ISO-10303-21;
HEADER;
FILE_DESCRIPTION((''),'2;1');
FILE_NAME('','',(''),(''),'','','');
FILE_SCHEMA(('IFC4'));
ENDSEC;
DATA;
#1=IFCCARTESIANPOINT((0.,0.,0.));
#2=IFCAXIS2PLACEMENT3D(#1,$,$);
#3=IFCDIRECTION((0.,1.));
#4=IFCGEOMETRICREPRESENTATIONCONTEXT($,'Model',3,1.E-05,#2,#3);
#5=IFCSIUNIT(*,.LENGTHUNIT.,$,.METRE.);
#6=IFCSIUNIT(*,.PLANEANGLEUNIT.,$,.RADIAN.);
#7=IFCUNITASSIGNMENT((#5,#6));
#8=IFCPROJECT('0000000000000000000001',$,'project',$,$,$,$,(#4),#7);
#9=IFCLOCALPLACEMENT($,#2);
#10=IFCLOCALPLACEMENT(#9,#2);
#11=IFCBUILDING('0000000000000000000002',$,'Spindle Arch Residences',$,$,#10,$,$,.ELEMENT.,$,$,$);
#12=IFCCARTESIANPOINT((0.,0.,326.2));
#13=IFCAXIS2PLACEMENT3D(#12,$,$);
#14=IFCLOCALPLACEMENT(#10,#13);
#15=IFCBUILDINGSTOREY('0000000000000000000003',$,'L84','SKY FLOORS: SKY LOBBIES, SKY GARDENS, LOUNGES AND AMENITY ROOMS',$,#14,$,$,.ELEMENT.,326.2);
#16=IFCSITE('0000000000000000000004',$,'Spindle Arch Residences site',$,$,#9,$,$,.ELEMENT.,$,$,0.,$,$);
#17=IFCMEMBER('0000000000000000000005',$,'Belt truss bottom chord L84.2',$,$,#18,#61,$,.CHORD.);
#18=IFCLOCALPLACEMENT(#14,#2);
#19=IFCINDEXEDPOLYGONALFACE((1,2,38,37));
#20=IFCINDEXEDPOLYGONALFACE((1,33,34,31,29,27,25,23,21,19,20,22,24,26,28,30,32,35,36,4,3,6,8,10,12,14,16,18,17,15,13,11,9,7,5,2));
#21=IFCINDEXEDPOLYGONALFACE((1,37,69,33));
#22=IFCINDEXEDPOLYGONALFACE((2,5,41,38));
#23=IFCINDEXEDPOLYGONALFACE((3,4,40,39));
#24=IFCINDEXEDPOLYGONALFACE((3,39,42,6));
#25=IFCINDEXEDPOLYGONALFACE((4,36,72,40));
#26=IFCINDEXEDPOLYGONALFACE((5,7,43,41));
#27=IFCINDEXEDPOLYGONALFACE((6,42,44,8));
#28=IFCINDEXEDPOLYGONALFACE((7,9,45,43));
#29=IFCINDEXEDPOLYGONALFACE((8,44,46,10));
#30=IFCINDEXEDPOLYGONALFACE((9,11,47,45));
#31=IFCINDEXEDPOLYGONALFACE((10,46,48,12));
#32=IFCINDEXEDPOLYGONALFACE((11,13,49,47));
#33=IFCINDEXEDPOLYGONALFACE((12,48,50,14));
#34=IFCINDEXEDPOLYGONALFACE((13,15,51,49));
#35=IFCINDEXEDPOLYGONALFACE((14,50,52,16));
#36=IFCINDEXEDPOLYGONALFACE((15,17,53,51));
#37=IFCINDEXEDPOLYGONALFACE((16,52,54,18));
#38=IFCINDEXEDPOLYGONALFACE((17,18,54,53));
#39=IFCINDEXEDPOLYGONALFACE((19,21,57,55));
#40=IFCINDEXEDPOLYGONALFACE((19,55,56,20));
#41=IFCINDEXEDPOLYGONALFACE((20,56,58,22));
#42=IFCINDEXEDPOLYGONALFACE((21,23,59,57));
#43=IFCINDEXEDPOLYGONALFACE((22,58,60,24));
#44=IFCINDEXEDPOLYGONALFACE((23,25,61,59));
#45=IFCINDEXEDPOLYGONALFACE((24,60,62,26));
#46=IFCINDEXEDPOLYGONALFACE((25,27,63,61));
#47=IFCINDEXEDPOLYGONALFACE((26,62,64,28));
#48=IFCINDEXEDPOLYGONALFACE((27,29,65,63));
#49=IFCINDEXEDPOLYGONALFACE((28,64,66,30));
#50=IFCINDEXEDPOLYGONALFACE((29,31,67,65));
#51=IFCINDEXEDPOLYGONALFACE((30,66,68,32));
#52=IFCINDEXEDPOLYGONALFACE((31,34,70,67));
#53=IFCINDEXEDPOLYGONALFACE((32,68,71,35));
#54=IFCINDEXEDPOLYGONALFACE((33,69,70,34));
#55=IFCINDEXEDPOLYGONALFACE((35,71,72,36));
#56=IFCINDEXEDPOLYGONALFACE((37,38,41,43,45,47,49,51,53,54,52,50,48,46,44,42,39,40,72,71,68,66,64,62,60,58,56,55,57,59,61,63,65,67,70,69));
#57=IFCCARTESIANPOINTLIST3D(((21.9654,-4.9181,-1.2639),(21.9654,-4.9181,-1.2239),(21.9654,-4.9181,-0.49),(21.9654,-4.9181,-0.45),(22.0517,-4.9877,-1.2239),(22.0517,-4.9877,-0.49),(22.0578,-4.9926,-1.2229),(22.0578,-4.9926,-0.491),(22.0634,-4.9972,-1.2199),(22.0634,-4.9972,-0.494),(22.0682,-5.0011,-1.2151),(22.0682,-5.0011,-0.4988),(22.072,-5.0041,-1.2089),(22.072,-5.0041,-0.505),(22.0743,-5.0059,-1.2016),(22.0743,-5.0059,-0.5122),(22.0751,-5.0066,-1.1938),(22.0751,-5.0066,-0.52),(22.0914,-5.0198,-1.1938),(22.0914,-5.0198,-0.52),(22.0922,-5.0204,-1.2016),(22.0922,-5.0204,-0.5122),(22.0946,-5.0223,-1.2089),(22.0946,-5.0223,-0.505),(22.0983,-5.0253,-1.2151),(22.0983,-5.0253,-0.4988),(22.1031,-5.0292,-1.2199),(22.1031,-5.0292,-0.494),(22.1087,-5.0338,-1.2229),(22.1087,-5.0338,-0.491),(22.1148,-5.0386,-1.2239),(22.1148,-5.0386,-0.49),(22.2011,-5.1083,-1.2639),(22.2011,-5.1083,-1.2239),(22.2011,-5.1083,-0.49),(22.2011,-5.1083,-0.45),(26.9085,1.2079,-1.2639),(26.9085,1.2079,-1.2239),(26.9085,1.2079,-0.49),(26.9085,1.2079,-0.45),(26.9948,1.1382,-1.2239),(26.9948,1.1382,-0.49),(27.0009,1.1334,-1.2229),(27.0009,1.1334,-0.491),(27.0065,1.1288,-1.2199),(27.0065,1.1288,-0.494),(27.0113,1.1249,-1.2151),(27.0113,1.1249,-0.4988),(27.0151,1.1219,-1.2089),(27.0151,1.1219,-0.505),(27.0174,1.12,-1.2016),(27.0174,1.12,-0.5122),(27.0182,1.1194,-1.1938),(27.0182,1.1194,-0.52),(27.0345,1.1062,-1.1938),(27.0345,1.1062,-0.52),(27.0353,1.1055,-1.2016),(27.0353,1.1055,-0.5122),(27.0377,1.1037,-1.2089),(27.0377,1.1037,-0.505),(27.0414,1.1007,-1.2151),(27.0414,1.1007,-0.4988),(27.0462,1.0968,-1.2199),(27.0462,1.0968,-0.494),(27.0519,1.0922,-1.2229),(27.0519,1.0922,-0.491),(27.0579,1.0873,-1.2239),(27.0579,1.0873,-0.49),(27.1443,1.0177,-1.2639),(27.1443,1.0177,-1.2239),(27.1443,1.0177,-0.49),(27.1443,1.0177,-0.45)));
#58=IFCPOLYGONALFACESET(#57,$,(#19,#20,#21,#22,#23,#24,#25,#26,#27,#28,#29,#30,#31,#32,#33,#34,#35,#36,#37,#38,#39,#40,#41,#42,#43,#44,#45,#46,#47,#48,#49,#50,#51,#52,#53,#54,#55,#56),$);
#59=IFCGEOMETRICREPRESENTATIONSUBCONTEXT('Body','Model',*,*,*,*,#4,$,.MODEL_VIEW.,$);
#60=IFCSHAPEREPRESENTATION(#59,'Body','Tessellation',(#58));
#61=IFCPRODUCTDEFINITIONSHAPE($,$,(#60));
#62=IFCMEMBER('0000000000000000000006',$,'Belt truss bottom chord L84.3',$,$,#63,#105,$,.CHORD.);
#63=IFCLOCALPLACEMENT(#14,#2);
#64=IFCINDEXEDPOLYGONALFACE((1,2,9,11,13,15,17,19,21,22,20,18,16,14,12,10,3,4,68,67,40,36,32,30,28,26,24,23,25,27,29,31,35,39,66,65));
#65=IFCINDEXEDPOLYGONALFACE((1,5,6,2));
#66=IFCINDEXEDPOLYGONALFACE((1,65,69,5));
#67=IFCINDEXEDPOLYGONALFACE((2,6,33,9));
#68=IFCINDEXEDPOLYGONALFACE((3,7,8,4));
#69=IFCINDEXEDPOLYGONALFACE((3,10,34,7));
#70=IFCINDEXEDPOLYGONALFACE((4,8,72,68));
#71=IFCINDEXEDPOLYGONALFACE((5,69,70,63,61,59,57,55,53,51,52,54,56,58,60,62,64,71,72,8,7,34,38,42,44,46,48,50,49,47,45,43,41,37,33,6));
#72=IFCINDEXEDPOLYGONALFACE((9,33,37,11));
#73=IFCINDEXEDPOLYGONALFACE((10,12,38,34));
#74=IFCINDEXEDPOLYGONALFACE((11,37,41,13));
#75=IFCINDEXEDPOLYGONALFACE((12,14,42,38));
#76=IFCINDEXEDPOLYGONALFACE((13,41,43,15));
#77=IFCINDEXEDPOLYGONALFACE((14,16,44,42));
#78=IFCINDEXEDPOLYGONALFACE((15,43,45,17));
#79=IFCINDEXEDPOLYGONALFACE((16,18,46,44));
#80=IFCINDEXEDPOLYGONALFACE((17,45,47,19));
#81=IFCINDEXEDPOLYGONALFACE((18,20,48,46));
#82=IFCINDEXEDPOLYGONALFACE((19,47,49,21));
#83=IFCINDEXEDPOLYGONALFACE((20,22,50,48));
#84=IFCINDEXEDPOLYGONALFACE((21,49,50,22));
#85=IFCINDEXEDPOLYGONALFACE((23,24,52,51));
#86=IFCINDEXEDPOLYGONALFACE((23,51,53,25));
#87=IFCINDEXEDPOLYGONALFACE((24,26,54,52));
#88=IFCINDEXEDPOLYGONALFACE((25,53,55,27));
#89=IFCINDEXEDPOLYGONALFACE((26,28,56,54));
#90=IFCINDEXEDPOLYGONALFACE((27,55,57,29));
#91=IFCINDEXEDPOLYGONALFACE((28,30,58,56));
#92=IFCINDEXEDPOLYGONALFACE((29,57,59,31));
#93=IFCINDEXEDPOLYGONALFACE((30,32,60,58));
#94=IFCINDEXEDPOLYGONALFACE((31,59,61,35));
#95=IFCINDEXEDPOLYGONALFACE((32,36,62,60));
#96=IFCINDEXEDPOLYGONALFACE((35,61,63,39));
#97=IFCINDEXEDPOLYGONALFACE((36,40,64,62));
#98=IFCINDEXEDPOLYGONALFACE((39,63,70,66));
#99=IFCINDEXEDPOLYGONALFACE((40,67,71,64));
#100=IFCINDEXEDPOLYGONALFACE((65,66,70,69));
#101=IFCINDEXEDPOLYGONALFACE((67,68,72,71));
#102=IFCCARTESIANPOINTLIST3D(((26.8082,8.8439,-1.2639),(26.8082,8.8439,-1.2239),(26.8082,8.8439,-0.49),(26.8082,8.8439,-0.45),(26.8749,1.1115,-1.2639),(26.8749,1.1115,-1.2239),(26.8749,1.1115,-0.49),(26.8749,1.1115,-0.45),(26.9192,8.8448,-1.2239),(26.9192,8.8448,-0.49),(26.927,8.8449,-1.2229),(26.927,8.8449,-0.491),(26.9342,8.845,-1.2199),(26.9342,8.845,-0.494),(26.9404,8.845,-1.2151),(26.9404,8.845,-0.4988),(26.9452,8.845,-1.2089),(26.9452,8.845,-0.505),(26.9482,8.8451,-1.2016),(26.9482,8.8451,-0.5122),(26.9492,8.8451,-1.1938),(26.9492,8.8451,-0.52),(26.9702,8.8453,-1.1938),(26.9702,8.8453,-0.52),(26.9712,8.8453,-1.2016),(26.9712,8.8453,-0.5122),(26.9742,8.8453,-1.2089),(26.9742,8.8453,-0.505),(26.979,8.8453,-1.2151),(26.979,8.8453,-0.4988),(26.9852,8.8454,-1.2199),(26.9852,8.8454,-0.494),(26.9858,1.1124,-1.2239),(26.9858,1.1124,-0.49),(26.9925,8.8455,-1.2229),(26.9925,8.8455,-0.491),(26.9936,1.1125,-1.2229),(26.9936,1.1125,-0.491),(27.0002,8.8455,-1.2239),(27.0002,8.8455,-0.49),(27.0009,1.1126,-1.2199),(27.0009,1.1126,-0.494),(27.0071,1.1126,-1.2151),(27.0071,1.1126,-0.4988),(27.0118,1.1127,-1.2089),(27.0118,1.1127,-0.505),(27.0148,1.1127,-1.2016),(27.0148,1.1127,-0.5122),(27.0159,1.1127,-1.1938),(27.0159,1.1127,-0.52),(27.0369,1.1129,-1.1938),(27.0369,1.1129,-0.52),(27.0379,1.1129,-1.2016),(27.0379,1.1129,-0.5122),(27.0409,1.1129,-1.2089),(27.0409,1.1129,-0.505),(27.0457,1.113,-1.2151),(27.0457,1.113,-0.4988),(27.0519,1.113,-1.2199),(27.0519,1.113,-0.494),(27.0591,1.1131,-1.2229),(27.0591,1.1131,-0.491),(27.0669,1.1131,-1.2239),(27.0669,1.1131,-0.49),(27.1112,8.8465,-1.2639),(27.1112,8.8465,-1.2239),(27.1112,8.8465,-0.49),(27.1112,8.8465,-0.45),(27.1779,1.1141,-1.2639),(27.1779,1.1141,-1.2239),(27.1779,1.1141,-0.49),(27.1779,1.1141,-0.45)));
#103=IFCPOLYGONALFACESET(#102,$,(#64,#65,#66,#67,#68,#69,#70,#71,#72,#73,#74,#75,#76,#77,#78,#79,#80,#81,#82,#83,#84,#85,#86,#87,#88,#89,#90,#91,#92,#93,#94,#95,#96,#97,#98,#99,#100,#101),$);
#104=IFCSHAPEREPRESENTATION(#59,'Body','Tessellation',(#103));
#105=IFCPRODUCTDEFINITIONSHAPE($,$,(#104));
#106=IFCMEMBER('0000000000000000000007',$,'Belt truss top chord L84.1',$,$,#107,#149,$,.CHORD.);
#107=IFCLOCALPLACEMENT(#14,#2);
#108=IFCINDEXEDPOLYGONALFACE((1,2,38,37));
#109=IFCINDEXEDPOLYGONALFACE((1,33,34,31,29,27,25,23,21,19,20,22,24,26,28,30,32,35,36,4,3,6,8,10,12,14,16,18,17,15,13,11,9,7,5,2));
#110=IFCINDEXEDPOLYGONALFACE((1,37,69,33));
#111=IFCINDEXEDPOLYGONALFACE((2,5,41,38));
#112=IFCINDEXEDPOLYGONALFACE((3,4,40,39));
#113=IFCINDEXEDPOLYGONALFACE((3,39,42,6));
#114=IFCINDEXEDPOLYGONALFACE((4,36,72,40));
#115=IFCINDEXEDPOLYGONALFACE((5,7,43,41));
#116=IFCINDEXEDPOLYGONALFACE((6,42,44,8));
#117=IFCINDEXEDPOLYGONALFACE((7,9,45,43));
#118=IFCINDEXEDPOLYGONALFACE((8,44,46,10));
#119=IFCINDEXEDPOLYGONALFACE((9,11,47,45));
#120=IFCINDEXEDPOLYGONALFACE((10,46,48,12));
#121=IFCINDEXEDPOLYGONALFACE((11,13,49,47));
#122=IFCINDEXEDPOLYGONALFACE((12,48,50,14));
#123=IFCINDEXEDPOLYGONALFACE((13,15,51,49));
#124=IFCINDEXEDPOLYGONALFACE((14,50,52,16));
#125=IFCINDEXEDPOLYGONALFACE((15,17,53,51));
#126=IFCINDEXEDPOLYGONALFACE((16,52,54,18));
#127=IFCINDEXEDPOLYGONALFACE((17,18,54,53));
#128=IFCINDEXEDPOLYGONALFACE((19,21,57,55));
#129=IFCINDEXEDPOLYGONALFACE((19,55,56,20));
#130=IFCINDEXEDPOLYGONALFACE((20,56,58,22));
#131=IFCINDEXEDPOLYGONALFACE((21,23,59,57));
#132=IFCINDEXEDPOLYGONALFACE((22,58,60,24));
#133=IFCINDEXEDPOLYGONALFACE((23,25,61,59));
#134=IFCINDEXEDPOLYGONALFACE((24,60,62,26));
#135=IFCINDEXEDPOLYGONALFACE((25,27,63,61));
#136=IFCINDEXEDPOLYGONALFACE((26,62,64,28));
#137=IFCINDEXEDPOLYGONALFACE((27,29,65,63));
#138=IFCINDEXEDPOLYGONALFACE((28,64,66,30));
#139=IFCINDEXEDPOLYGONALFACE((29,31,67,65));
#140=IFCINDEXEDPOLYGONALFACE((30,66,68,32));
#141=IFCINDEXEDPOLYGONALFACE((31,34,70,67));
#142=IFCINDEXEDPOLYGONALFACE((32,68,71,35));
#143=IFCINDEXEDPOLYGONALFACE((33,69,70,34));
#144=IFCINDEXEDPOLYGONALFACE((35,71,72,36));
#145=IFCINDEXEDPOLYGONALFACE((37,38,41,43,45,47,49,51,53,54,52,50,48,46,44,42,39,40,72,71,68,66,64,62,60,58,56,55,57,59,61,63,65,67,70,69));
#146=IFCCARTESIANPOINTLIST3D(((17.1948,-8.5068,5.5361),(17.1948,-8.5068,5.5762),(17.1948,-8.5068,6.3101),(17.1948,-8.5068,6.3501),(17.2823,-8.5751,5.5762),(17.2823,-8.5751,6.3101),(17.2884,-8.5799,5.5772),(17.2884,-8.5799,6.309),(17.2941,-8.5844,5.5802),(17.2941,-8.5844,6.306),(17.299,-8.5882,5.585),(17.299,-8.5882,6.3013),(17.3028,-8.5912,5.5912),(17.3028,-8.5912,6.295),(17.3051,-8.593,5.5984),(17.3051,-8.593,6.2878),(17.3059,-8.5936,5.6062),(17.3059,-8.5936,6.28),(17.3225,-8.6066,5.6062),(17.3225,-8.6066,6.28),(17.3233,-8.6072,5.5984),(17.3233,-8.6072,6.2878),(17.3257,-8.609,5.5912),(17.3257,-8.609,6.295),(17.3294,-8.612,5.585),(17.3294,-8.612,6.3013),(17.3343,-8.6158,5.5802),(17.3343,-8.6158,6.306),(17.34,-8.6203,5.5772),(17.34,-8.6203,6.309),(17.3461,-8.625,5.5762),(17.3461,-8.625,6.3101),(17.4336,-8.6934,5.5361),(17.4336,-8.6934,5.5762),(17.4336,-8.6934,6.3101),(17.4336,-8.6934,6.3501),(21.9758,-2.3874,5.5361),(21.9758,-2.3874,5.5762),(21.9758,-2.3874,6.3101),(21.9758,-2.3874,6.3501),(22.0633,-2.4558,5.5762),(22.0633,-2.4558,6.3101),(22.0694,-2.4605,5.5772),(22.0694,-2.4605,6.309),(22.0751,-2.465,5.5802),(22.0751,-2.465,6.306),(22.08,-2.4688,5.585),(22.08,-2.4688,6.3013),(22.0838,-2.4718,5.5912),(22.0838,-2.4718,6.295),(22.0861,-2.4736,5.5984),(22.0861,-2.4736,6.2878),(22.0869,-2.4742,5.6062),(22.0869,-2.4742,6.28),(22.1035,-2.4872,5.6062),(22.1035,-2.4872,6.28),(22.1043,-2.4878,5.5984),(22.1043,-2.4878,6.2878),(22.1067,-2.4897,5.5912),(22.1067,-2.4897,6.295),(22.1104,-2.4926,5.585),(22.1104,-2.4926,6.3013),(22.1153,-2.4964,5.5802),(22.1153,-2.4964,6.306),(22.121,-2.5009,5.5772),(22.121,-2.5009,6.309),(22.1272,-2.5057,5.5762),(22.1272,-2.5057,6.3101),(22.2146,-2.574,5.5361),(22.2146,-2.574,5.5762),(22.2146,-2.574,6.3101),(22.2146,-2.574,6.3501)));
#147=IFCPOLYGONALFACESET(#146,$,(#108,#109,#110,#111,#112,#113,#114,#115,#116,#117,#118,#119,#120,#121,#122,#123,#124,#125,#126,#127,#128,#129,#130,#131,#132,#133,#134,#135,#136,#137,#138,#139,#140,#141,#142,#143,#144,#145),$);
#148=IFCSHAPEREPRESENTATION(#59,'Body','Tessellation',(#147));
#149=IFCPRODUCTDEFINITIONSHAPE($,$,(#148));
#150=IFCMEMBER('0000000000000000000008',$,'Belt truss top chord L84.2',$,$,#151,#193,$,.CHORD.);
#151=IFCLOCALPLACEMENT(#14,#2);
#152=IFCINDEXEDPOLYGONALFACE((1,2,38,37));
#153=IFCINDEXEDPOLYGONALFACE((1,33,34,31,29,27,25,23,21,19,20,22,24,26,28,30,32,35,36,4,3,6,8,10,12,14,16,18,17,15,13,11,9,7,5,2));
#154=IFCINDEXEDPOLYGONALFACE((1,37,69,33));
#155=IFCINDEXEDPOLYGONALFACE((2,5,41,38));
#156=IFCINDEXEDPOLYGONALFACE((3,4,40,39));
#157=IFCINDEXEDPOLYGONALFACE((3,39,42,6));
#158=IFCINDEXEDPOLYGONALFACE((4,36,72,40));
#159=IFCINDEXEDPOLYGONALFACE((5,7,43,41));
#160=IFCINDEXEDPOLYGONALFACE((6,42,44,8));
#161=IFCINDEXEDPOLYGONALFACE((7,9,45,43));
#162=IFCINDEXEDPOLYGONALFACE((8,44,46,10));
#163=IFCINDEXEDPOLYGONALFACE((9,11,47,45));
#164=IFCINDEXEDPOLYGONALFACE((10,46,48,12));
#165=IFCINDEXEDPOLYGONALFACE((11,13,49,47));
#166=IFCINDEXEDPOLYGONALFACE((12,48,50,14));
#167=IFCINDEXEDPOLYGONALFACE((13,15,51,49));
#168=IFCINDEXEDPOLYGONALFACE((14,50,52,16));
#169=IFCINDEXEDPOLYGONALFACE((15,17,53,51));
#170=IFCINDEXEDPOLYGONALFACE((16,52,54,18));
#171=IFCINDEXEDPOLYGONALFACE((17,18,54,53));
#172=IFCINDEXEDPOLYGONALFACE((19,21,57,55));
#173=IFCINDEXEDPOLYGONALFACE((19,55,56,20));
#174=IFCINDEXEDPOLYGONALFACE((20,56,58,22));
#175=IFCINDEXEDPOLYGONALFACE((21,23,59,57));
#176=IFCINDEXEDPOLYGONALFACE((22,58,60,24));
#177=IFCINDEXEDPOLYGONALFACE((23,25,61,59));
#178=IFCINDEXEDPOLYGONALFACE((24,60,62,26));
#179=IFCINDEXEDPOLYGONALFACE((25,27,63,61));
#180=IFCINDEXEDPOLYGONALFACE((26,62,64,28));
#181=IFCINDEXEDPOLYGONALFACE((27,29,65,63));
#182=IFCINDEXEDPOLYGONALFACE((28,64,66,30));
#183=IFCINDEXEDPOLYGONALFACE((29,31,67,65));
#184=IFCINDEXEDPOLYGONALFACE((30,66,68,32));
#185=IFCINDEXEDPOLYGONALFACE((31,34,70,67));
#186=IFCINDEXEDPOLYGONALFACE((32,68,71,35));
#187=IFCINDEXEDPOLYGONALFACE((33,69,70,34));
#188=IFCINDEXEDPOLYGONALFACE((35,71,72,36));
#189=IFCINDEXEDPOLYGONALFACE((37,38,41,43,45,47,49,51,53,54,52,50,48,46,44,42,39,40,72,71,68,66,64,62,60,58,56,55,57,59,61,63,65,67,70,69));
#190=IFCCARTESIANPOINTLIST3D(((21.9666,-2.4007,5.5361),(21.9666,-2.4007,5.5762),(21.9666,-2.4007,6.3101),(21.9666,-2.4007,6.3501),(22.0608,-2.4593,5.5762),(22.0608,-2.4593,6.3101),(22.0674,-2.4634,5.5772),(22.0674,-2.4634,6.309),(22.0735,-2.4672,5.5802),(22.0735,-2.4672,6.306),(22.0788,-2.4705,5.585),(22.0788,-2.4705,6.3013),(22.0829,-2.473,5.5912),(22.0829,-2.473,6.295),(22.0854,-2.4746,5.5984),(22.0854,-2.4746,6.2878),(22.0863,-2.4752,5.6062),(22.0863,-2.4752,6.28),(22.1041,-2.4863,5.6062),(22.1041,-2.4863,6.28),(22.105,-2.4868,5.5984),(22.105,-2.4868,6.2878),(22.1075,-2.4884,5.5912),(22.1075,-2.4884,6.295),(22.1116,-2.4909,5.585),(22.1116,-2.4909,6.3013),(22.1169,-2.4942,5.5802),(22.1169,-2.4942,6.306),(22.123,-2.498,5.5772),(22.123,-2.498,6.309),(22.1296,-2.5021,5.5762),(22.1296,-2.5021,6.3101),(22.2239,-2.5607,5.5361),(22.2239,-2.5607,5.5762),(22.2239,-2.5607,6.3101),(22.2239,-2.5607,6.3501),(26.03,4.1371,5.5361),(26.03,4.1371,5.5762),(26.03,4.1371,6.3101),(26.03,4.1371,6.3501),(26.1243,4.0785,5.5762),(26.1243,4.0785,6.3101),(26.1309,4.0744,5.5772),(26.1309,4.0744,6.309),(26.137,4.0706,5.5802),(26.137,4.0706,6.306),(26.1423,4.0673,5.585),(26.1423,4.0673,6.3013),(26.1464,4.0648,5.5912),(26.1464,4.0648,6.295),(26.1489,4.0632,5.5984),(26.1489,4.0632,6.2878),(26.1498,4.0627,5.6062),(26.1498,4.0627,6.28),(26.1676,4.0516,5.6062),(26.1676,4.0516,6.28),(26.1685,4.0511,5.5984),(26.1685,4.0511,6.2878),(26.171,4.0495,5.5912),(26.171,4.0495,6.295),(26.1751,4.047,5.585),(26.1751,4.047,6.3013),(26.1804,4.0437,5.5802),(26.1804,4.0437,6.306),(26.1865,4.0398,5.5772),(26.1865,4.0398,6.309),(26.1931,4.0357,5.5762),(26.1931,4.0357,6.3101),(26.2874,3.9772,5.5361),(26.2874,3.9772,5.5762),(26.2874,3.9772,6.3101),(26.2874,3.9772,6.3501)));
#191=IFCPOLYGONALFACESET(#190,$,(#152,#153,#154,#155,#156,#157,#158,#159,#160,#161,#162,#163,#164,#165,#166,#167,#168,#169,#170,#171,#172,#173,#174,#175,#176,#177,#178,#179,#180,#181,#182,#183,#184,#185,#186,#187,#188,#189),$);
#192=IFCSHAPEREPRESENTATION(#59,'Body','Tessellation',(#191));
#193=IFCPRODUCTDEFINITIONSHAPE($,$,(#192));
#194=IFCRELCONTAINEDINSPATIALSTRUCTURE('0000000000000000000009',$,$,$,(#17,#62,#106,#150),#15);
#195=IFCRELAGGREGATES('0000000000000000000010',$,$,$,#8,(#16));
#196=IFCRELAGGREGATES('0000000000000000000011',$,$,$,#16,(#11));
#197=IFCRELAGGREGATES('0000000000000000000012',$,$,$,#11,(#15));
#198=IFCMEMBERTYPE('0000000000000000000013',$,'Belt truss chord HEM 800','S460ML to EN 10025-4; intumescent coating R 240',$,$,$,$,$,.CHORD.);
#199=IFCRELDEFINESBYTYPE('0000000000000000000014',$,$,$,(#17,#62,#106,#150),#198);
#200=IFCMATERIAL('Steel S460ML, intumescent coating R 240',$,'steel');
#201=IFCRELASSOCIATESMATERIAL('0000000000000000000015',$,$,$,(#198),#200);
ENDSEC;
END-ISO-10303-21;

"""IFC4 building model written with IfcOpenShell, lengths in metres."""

from ifc_helpers import new_model, si_unit, direction, frame, origin, origin_2d, place, context, subcontext, project, spatial, i_section, extrude, material, material_profile, profile_set, type_object, element, save


model = new_model("IFC4")

# Units and contexts
model_context = context("Model", 3, precision=1e-05, world=origin(), true_north=direction((0.0, 1.0)))
body_context = subcontext(model_context, "Body", "Model", "MODEL_VIEW")
ifc_project = project(units=[si_unit("LENGTHUNIT", "METRE"), si_unit("PLANEANGLEUNIT", "RADIAN")], contexts=[model_context])

# Site, building, storey
site_placement = place(None, origin())
site = spatial("IfcSite", under=ifc_project, at=site_placement, Name="Spindle Arch Residences site", CompositionType="ELEMENT", RefElevation=0.0)
building_placement = place(site_placement, origin())
building = spatial("IfcBuilding", under=site, at=building_placement, Name="Spindle Arch Residences", CompositionType="ELEMENT")
storey_placement = place(building_placement, frame((0.0, 0.0, 326.2)))
storey = spatial("IfcBuildingStorey", under=building, at=storey_placement, Name="L84", Description="SKY FLOORS: SKY LOBBIES, SKY GARDENS, LOUNGES AND AMENITY ROOMS", CompositionType="ELEMENT", Elevation=326.2)

# Members
ifc_material_1 = material(Name="Steel S460ML, intumescent coating R 240", Category="steel")
ifc_material_profile_1 = material_profile(ifc_material_1, i_section(OverallWidth=0.303, OverallDepth=0.814, WebThickness=0.021, FlangeThickness=0.04, FilletRadius=0.03, at=origin_2d()), Name="HEM 800")
ifc_profile_set_1 = profile_set([ifc_material_profile_1], Name="Steel S460ML, intumescent coating R 240")
member_type_1 = type_object("IfcMemberType", Name="Belt truss chord HEM 800", Description="S460ML to EN 10025-4; intumescent coating R 240", PredefinedType="CHORD", material=ifc_profile_set_1)
member_1_placement = place(storey_placement, frame((22.0833, -5.0132, -0.8569), z_axis=(0.627969, 0.778238, 0.0), x_axis=(-0.778238, 0.627969, 0.0)))
element("IfcMember", 1, at=member_1_placement, inside=storey, type_object=member_type_1, Name="Belt truss bottom chord L84.2", PredefinedType="CHORD", context=body_context, shape_type="SweptSolid", body=[
    extrude(i_section(OverallWidth=0.303, OverallDepth=0.814, WebThickness=0.021, FlangeThickness=0.04, FilletRadius=0.03, at=origin_2d()), origin(), (0.0, 0.0, 1.0), 7.8716),
])
member_2_placement = place(storey_placement, frame((27.0264, 1.1128, -0.8569), z_axis=(-0.008619, 0.999963, 0.0), x_axis=(-0.999963, -0.008619, 0.0)))
element("IfcMember", 2, at=member_2_placement, inside=storey, type_object=member_type_1, Name="Belt truss bottom chord L84.3", PredefinedType="CHORD", context=body_context, shape_type="SweptSolid", body=[
    extrude(i_section(OverallWidth=0.303, OverallDepth=0.814, WebThickness=0.021, FlangeThickness=0.04, FilletRadius=0.03, at=origin_2d()), origin(), (0.0, 0.0, 1.0), 7.7327),
])
member_3_placement = place(storey_placement, frame((17.3142, -8.6001, 5.9431), z_axis=(0.615663, 0.78801, 0.0), x_axis=(-0.78801, 0.615663, 0.0)))
element("IfcMember", 3, at=member_3_placement, inside=storey, type_object=member_type_1, Name="Belt truss top chord L84.1", PredefinedType="CHORD", context=body_context, shape_type="SweptSolid", body=[
    extrude(i_section(OverallWidth=0.303, OverallDepth=0.814, WebThickness=0.021, FlangeThickness=0.04, FilletRadius=0.03, at=origin_2d()), origin(), (0.0, 0.0, 1.0), 7.7656),
])
member_4_placement = place(storey_placement, frame((22.0952, -2.4807, 5.9431), z_axis=(0.527879, 0.84932, 0.0), x_axis=(-0.84932, 0.527879, 0.0)))
element("IfcMember", 4, at=member_4_placement, inside=storey, type_object=member_type_1, Name="Belt truss top chord L84.2", PredefinedType="CHORD", context=body_context, shape_type="SweptSolid", body=[
    extrude(i_section(OverallWidth=0.303, OverallDepth=0.814, WebThickness=0.021, FlangeThickness=0.04, FilletRadius=0.03, at=origin_2d()), origin(), (0.0, 0.0, 1.0), 7.6978),
])

save(model, "model.ifc")
